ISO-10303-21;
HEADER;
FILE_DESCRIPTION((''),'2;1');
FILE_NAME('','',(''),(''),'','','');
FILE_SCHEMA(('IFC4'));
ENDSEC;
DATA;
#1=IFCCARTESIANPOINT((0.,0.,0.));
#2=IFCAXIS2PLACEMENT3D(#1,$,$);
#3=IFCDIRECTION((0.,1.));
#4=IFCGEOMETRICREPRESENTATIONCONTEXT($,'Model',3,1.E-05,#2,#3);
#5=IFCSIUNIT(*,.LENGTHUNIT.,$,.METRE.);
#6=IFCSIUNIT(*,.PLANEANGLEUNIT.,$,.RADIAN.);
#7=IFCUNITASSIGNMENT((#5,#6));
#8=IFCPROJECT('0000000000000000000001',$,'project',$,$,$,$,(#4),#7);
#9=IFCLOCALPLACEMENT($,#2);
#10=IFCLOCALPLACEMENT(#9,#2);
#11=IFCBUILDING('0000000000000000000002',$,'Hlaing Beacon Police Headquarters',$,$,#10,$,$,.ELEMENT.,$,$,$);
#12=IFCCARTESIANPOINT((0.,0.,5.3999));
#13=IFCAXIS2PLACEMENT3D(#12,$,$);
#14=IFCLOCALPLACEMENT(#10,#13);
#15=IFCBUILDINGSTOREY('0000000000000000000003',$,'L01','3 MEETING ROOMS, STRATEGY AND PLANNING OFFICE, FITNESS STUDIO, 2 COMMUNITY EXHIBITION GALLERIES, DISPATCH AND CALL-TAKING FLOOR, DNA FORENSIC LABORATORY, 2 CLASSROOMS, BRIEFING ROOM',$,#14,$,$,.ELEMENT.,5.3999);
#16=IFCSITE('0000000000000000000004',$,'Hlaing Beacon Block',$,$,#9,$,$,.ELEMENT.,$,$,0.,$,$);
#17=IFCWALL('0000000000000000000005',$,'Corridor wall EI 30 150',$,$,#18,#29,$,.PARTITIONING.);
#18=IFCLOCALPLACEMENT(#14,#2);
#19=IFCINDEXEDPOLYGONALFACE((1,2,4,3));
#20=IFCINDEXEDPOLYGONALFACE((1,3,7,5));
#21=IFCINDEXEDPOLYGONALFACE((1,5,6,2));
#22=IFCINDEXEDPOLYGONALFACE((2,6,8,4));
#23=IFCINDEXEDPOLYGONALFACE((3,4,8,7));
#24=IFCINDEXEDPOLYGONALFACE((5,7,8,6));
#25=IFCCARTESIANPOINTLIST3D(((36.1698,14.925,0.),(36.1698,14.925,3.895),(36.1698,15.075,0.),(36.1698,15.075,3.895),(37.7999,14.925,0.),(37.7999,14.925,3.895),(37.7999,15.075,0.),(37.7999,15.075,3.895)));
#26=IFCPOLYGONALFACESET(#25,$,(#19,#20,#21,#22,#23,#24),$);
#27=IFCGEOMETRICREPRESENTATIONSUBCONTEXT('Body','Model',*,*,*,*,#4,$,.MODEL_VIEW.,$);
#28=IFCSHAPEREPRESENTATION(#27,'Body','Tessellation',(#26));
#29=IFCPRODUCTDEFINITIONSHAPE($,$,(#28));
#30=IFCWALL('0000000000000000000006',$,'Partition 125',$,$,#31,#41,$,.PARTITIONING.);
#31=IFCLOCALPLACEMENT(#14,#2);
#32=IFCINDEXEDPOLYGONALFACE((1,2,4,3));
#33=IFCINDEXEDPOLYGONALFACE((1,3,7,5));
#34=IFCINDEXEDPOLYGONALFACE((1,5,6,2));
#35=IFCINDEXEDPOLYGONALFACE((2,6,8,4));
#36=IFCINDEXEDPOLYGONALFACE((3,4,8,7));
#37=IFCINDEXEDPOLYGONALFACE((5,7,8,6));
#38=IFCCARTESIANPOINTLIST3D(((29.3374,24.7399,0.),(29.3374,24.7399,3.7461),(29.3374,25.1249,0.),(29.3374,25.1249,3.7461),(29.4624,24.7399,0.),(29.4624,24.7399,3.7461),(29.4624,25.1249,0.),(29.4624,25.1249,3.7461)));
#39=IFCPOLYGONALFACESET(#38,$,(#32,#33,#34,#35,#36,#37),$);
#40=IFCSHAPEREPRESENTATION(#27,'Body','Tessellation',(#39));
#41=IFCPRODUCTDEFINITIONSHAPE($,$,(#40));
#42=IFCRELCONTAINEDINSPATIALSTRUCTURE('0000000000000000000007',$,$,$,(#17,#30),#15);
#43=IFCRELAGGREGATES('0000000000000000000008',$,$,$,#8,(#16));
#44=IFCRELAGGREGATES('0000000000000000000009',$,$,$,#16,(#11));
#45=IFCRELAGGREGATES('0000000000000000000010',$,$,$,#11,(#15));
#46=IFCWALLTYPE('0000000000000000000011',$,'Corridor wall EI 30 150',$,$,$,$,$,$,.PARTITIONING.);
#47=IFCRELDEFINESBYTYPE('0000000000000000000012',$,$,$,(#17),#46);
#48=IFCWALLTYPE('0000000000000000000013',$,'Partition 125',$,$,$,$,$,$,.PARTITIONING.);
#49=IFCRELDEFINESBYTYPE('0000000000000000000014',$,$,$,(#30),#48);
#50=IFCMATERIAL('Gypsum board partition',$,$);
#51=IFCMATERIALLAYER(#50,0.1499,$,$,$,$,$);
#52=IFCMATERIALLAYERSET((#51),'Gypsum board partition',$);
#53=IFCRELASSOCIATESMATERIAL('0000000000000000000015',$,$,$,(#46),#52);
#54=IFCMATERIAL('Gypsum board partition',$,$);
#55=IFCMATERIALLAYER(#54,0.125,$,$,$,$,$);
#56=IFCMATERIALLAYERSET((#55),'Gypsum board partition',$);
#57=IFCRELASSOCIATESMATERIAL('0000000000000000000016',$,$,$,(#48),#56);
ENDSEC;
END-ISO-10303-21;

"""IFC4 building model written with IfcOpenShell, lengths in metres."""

from ifc_helpers import new_model, si_unit, direction, frame, frame_2d, origin, place, context, subcontext, project, spatial, rectangle, extrude, material, layer, layer_set, type_object, element, save


model = new_model("IFC4")

# Units and contexts
model_context = context("Model", 3, precision=1e-05, world=origin(), true_north=direction((0.0, 1.0)))
body_context = subcontext(model_context, "Body", "Model", "MODEL_VIEW")
ifc_project = project(units=[si_unit("LENGTHUNIT", "METRE"), si_unit("PLANEANGLEUNIT", "RADIAN")], contexts=[model_context])

# Site, building, storey
site_placement = place(None, origin())
site = spatial("IfcSite", under=ifc_project, at=site_placement, Name="Hlaing Beacon Block", CompositionType="ELEMENT", RefElevation=0.0)
building_placement = place(site_placement, origin())
building = spatial("IfcBuilding", under=site, at=building_placement, Name="Hlaing Beacon Police Headquarters", CompositionType="ELEMENT")
storey_placement = place(building_placement, frame((0.0, 0.0, 5.3999)))
storey = spatial("IfcBuildingStorey", under=building, at=storey_placement, Name="L01", Description="3 MEETING ROOMS, STRATEGY AND PLANNING OFFICE, FITNESS STUDIO, 2 COMMUNITY EXHIBITION GALLERIES, DISPATCH AND CALL-TAKING FLOOR, DNA FORENSIC LABORATORY, 2 CLASSROOMS, BRIEFING ROOM", CompositionType="ELEMENT", Elevation=5.3999)

# Shared definitions
ifc_material_1 = material(Name="Gypsum board partition")
ifc_layer_1 = layer(ifc_material_1, 0.1499)
ifc_layer_set_1 = layer_set([ifc_layer_1], Name="Gypsum board partition")
wall_type_1 = type_object("IfcWallType", Name="Corridor wall EI 30 150", PredefinedType="PARTITIONING", material=ifc_layer_set_1)

# Walls
wall_1_placement = place(storey_placement, frame((36.1699, 15.0, 0.0), z_axis=(0.0, 0.0, 1.0), x_axis=(1.0, 0.0, 0.0)))
element("IfcWall", 1, at=wall_1_placement, inside=storey, type_object=wall_type_1, Name="Corridor wall EI 30 150", PredefinedType="PARTITIONING", context=body_context, shape_type="SweptSolid", body=[
    extrude(rectangle(XDim=1.6301, YDim=0.1499, at=frame_2d((0.8149, 0.0))), origin(), (0.0, 0.0, 1.0), 3.895),
])
ifc_material_2 = material(Name="Gypsum board partition")
ifc_layer_2 = layer(ifc_material_2, 0.125)
ifc_layer_set_2 = layer_set([ifc_layer_2], Name="Gypsum board partition")
wall_type_2 = type_object("IfcWallType", Name="Partition 125", PredefinedType="PARTITIONING", material=ifc_layer_set_2)
wall_2_placement = place(storey_placement, frame((29.3999, 24.74, 0.0), z_axis=(0.0, 0.0, 1.0), x_axis=(0.0, 1.0, 0.0)))
element("IfcWall", 2, at=wall_2_placement, inside=storey, type_object=wall_type_2, Name="Partition 125", PredefinedType="PARTITIONING", context=body_context, shape_type="SweptSolid", body=[
    extrude(rectangle(XDim=0.385, YDim=0.125, at=frame_2d((0.1924, 0.0))), origin(), (0.0, 0.0, 1.0), 3.7461),
])

save(model, "model.ifc")
